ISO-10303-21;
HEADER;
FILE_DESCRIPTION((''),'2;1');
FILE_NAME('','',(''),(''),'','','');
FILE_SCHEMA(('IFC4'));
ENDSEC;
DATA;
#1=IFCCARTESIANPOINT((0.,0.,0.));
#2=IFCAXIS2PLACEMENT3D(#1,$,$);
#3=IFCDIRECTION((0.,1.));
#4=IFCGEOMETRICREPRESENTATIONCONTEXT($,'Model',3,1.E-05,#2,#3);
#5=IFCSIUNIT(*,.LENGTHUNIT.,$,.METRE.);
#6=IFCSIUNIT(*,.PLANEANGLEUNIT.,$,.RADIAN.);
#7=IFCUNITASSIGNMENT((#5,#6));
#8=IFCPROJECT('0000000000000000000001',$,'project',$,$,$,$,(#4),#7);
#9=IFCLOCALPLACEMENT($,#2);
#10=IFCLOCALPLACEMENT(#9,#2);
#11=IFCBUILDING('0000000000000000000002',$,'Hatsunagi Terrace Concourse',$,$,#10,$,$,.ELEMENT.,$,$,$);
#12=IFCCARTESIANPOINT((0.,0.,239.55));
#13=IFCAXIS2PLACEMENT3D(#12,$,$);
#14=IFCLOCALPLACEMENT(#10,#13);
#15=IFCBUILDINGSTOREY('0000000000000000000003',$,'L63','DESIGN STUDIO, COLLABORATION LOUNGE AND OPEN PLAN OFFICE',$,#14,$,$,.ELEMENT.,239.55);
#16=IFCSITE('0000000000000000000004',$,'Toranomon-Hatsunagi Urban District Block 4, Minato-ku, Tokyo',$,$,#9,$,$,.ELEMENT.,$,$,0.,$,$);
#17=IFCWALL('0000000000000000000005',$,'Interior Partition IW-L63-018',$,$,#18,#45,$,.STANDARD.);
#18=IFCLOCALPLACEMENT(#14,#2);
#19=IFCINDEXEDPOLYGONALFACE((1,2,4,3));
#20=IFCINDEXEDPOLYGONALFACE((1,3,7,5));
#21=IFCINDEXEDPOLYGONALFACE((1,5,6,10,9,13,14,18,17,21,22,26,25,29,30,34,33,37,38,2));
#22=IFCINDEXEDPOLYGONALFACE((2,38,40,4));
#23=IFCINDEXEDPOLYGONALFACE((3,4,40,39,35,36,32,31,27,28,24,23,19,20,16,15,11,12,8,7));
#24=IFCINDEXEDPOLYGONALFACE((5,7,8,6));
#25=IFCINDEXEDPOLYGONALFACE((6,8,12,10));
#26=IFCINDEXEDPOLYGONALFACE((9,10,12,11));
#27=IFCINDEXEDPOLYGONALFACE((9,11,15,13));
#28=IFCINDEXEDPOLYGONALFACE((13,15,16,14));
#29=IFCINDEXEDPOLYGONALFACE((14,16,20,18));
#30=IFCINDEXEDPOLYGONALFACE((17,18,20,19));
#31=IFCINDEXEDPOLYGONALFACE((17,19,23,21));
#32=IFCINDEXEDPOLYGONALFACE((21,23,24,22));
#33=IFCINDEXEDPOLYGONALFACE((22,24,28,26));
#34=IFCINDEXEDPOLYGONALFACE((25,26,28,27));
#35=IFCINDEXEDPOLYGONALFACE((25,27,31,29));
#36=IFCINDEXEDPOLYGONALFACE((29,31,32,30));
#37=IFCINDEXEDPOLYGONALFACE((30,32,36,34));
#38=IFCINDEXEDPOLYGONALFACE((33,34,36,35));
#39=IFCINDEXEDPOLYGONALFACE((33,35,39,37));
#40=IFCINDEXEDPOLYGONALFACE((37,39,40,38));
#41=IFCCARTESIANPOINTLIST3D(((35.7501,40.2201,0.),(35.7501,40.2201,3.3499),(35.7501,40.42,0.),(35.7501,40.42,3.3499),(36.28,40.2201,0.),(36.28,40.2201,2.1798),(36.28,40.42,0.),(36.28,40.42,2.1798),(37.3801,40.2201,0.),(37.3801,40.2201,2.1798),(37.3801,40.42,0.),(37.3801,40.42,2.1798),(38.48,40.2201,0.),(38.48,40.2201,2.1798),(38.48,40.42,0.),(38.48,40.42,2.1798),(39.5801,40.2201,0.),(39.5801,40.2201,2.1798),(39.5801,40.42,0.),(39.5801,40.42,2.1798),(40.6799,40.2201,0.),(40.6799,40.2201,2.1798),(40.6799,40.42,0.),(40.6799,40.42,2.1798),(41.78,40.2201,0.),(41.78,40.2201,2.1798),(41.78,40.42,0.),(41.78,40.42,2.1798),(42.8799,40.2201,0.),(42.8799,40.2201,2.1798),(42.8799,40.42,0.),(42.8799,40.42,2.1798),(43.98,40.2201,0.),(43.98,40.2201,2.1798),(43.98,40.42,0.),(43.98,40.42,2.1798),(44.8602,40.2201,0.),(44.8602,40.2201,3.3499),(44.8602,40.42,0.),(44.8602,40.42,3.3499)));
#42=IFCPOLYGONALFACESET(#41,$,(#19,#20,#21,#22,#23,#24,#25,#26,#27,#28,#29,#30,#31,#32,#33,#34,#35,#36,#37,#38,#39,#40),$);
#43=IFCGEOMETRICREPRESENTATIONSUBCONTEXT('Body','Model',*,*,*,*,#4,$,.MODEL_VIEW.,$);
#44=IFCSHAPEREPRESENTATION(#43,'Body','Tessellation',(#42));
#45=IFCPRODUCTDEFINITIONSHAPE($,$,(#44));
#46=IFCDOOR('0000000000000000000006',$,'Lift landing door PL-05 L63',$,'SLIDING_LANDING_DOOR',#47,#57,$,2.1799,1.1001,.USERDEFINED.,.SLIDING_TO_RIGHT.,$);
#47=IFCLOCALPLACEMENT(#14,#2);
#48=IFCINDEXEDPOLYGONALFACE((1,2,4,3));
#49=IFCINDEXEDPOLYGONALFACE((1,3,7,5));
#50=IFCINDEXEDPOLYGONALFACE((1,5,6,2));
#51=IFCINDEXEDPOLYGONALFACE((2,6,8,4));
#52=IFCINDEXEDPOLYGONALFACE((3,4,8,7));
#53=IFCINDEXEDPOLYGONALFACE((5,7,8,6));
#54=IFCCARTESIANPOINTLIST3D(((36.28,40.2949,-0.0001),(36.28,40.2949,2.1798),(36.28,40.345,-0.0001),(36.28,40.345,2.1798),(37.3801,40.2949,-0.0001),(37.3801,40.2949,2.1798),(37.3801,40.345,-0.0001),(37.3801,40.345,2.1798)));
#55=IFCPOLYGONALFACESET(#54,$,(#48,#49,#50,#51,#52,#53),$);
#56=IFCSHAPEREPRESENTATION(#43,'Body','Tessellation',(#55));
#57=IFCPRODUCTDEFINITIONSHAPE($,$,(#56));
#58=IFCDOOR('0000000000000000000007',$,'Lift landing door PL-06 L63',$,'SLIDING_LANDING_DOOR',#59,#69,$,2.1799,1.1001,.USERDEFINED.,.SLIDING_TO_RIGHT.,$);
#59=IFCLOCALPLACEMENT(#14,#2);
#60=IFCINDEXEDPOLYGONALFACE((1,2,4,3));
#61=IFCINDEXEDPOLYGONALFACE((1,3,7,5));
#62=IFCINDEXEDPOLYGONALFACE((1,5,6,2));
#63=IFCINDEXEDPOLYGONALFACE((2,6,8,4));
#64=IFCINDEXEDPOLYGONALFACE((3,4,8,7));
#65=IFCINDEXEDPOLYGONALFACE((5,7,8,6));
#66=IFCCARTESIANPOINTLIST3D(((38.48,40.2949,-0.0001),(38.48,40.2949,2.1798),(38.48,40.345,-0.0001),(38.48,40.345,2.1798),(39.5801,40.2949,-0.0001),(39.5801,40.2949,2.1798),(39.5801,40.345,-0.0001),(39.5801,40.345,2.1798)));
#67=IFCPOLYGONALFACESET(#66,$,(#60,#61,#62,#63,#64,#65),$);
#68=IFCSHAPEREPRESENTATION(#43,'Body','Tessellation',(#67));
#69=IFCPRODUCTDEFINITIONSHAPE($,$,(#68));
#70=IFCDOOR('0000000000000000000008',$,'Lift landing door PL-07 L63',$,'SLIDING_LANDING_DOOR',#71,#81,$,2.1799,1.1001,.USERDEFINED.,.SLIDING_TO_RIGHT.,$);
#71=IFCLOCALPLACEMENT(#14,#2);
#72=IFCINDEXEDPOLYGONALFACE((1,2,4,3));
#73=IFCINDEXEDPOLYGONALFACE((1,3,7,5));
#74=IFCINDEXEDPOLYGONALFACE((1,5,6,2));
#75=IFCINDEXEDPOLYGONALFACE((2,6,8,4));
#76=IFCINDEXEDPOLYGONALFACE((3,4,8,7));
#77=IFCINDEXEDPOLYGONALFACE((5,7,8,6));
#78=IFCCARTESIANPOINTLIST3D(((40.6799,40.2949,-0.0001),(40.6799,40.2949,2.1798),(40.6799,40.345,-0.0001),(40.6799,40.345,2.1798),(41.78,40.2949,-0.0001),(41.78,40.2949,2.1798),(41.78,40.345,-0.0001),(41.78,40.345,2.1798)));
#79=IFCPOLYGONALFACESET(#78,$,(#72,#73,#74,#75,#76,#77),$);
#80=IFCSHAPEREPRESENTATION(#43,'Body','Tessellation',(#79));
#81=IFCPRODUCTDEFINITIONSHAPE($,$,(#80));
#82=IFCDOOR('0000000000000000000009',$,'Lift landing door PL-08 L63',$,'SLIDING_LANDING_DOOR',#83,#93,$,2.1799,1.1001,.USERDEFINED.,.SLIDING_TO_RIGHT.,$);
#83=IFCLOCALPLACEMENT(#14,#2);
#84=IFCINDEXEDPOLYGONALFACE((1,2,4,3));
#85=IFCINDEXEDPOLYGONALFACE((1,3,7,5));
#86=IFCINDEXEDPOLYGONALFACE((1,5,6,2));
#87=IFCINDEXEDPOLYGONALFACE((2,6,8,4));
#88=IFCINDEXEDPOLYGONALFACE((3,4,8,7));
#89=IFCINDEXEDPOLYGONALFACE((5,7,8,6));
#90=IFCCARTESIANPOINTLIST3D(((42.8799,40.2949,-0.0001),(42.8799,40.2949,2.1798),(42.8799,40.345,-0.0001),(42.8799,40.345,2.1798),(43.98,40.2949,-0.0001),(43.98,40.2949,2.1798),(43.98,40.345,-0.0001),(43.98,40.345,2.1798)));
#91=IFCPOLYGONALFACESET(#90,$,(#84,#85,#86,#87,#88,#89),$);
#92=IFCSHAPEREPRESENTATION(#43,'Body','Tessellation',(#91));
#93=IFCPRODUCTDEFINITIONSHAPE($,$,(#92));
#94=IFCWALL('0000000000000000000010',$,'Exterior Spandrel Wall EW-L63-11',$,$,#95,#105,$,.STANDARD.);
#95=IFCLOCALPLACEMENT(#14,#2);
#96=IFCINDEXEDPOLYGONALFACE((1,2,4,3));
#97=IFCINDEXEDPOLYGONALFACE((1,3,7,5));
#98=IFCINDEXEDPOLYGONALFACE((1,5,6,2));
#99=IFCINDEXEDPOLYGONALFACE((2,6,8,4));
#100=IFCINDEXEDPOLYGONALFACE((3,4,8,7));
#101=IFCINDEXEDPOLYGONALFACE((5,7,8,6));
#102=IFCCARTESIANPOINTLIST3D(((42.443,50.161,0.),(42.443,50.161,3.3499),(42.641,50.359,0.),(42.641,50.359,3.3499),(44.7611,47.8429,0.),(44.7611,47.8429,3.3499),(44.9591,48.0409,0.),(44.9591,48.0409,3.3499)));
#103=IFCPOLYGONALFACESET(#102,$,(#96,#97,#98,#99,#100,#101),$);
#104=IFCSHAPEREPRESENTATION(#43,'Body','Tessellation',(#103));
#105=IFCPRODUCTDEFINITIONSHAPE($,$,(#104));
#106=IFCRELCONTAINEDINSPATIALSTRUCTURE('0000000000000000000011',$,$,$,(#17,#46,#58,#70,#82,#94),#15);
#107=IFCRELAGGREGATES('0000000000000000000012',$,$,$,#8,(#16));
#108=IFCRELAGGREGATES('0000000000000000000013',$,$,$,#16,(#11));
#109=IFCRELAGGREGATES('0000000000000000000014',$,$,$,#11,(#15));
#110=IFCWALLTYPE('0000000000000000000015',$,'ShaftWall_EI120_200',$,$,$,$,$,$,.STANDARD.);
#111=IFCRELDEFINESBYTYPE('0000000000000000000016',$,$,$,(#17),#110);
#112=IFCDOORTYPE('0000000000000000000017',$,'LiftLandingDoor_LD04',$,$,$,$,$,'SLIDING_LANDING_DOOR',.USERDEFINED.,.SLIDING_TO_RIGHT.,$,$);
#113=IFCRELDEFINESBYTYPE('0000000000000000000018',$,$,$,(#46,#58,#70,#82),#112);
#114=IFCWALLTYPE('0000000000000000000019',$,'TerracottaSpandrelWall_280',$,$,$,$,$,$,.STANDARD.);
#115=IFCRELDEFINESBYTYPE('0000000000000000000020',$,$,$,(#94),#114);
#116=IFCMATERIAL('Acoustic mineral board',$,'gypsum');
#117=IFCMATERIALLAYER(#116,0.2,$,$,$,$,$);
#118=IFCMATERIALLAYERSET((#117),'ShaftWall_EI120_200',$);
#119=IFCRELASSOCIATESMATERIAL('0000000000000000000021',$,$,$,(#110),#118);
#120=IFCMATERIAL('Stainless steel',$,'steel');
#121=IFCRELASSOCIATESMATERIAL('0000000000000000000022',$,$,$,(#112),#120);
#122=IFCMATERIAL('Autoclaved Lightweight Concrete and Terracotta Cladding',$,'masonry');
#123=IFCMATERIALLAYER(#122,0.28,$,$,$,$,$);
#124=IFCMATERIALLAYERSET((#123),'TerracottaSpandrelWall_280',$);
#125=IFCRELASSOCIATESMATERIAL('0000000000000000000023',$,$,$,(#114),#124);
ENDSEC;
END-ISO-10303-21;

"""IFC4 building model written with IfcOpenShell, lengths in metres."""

from ifc_helpers import new_model, si_unit, direction, frame, frame_2d, origin, place, context, subcontext, project, spatial, rectangle, extrude, material, layer, layer_set, type_object, element, fill, save


model = new_model("IFC4")

# Units and contexts
model_context = context("Model", 3, precision=1e-05, world=origin(), true_north=direction((0.0, 1.0)))
body_context = subcontext(model_context, "Body", "Model", "MODEL_VIEW")
ifc_project = project(units=[si_unit("LENGTHUNIT", "METRE"), si_unit("PLANEANGLEUNIT", "RADIAN")], contexts=[model_context])

# Site, building, storey
site_placement = place(None, origin())
site = spatial("IfcSite", under=ifc_project, at=site_placement, Name="Toranomon-Hatsunagi Urban District Block 4, Minato-ku, Tokyo", CompositionType="ELEMENT", RefElevation=0.0)
building_placement = place(site_placement, origin())
building = spatial("IfcBuilding", under=site, at=building_placement, Name="Hatsunagi Terrace Concourse", CompositionType="ELEMENT")
storey_placement = place(building_placement, frame((0.0, 0.0, 239.55)))
storey = spatial("IfcBuildingStorey", under=building, at=storey_placement, Name="L63", Description="DESIGN STUDIO, COLLABORATION LOUNGE AND OPEN PLAN OFFICE", CompositionType="ELEMENT", Elevation=239.55)

# Shared definitions
ifc_material_1 = material(Name="Acoustic mineral board", Category="gypsum")
ifc_layer_1 = layer(ifc_material_1, 0.2)
ifc_layer_set_1 = layer_set([ifc_layer_1], Name="ShaftWall_EI120_200")
wall_type_1 = type_object("IfcWallType", Name="ShaftWall_EI120_200", PredefinedType="STANDARD", material=ifc_layer_set_1)

# Wall, openings, doors
wall_1_placement = place(storey_placement, frame((35.75, 40.3201, 0.0), z_axis=(0.0, 0.0, 1.0), x_axis=(1.0, 0.0, 0.0)))
wall_1 = element("IfcWall", 1, at=wall_1_placement, inside=storey, type_object=wall_type_1, Name="Interior Partition IW-L63-018", PredefinedType="STANDARD", context=body_context, shape_type="SweptSolid", body=[
    extrude(rectangle(XDim=9.1101, YDim=0.2, at=frame_2d((4.5552, 0.0))), origin(), (0.0, 0.0, 1.0), 3.3499),
])
opening_1_placement = place(wall_1_placement, frame((0.53, 0.0, 0.0)))
opening_1 = element("IfcOpeningElement", 2, at=opening_1_placement, cuts=wall_1, PredefinedType="OPENING", context=body_context, shape_type="SweptSolid", body=[
    extrude(rectangle(XDim=1.1001, YDim=2.1799, at=frame_2d((0.55, 1.0898))), frame((0.0, 0.1099, 0.0), z_axis=(0.0, -1.0, 0.0), x_axis=(1.0, 0.0, 0.0)), (0.0, 0.0, 1.0), 0.22),
])
opening_2_placement = place(wall_1_placement, frame((2.73, 0.0, 0.0)))
opening_2 = element("IfcOpeningElement", 3, at=opening_2_placement, cuts=wall_1, PredefinedType="OPENING", context=body_context, shape_type="SweptSolid", body=[
    extrude(rectangle(XDim=1.1001, YDim=2.1799, at=frame_2d((0.55, 1.0898))), frame((0.0, 0.1099, 0.0), z_axis=(0.0, -1.0, 0.0), x_axis=(1.0, 0.0, 0.0)), (0.0, 0.0, 1.0), 0.22),
])
opening_3_placement = place(wall_1_placement, frame((4.9299, 0.0, 0.0)))
opening_3 = element("IfcOpeningElement", 4, at=opening_3_placement, cuts=wall_1, PredefinedType="OPENING", context=body_context, shape_type="SweptSolid", body=[
    extrude(rectangle(XDim=1.1001, YDim=2.1799, at=frame_2d((0.55, 1.0898))), frame((0.0, 0.1099, 0.0), z_axis=(0.0, -1.0, 0.0), x_axis=(1.0, 0.0, 0.0)), (0.0, 0.0, 1.0), 0.22),
])
opening_4_placement = place(wall_1_placement, frame((7.1299, 0.0, 0.0)))
opening_4 = element("IfcOpeningElement", 5, at=opening_4_placement, cuts=wall_1, PredefinedType="OPENING", context=body_context, shape_type="SweptSolid", body=[
    extrude(rectangle(XDim=1.1001, YDim=2.1799, at=frame_2d((0.55, 1.0898))), frame((0.0, 0.1099, 0.0), z_axis=(0.0, -1.0, 0.0), x_axis=(1.0, 0.0, 0.0)), (0.0, 0.0, 1.0), 0.22),
])
ifc_material_2 = material(Name="Stainless steel", Category="steel")
door_type = type_object("IfcDoorType", Name="LiftLandingDoor_LD04", ElementType="SLIDING_LANDING_DOOR", OperationType="SLIDING_TO_RIGHT", PredefinedType="USERDEFINED", material=ifc_material_2)
door_1_placement = place(opening_1_placement, origin())
door_1 = element("IfcDoor", 6, at=door_1_placement, inside=storey, type_object=door_type, Name="Lift landing door PL-05 L63", ObjectType="SLIDING_LANDING_DOOR", OperationType="SLIDING_TO_RIGHT", OverallHeight=2.1799, OverallWidth=1.1001, PredefinedType="USERDEFINED", context=body_context, shape_type="SweptSolid", body=[
    extrude(rectangle(XDim=1.1001, YDim=2.1799, at=frame_2d((0.55, 1.0898))), frame((0.0, 0.0249, 0.0), z_axis=(0.0, -1.0, 0.0), x_axis=(1.0, 0.0, 0.0)), (0.0, 0.0, 1.0), 0.05),
])
fill(opening_1, door_1)
door_2_placement = place(opening_2_placement, origin())
door_2 = element("IfcDoor", 7, at=door_2_placement, inside=storey, type_object=door_type, Name="Lift landing door PL-06 L63", ObjectType="SLIDING_LANDING_DOOR", OperationType="SLIDING_TO_RIGHT", OverallHeight=2.1799, OverallWidth=1.1001, PredefinedType="USERDEFINED", context=body_context, shape_type="SweptSolid", body=[
    extrude(rectangle(XDim=1.1001, YDim=2.1799, at=frame_2d((0.55, 1.0898))), frame((0.0, 0.0249, 0.0), z_axis=(0.0, -1.0, 0.0), x_axis=(1.0, 0.0, 0.0)), (0.0, 0.0, 1.0), 0.05),
])
fill(opening_2, door_2)
door_3_placement = place(opening_3_placement, origin())
door_3 = element("IfcDoor", 8, at=door_3_placement, inside=storey, type_object=door_type, Name="Lift landing door PL-07 L63", ObjectType="SLIDING_LANDING_DOOR", OperationType="SLIDING_TO_RIGHT", OverallHeight=2.1799, OverallWidth=1.1001, PredefinedType="USERDEFINED", context=body_context, shape_type="SweptSolid", body=[
    extrude(rectangle(XDim=1.1001, YDim=2.1799, at=frame_2d((0.55, 1.0898))), frame((0.0, 0.0249, 0.0), z_axis=(0.0, -1.0, 0.0), x_axis=(1.0, 0.0, 0.0)), (0.0, 0.0, 1.0), 0.05),
])
fill(opening_3, door_3)
door_4_placement = place(opening_4_placement, origin())
door_4 = element("IfcDoor", 9, at=door_4_placement, inside=storey, type_object=door_type, Name="Lift landing door PL-08 L63", ObjectType="SLIDING_LANDING_DOOR", OperationType="SLIDING_TO_RIGHT", OverallHeight=2.1799, OverallWidth=1.1001, PredefinedType="USERDEFINED", context=body_context, shape_type="SweptSolid", body=[
    extrude(rectangle(XDim=1.1001, YDim=2.1799, at=frame_2d((0.55, 1.0898))), frame((0.0, 0.0249, 0.0), z_axis=(0.0, -1.0, 0.0), x_axis=(1.0, 0.0, 0.0)), (0.0, 0.0, 1.0), 0.05),
])
fill(opening_4, door_4)

# Wall
ifc_material_3 = material(Name="Autoclaved Lightweight Concrete and Terracotta Cladding", Category="masonry")
ifc_layer_2 = layer(ifc_material_3, 0.28)
ifc_layer_set_2 = layer_set([ifc_layer_2], Name="TerracottaSpandrelWall_280")
wall_type_2 = type_object("IfcWallType", Name="TerracottaSpandrelWall_280", PredefinedType="STANDARD", material=ifc_layer_set_2)
wall_2_placement = place(storey_placement, frame((42.542, 50.26, 0.0), z_axis=(0.0, 0.0, 1.0), x_axis=(0.707107, -0.707107, 0.0)))
element("IfcWall", 10, at=wall_2_placement, inside=storey, type_object=wall_type_2, Name="Exterior Spandrel Wall EW-L63-11", PredefinedType="STANDARD", context=body_context, shape_type="SweptSolid", body=[
    extrude(rectangle(XDim=3.2783, YDim=0.28, at=frame_2d((1.6392, 0.0))), origin(), (0.0, 0.0, 1.0), 3.3499),
])

save(model, "model.ifc")
